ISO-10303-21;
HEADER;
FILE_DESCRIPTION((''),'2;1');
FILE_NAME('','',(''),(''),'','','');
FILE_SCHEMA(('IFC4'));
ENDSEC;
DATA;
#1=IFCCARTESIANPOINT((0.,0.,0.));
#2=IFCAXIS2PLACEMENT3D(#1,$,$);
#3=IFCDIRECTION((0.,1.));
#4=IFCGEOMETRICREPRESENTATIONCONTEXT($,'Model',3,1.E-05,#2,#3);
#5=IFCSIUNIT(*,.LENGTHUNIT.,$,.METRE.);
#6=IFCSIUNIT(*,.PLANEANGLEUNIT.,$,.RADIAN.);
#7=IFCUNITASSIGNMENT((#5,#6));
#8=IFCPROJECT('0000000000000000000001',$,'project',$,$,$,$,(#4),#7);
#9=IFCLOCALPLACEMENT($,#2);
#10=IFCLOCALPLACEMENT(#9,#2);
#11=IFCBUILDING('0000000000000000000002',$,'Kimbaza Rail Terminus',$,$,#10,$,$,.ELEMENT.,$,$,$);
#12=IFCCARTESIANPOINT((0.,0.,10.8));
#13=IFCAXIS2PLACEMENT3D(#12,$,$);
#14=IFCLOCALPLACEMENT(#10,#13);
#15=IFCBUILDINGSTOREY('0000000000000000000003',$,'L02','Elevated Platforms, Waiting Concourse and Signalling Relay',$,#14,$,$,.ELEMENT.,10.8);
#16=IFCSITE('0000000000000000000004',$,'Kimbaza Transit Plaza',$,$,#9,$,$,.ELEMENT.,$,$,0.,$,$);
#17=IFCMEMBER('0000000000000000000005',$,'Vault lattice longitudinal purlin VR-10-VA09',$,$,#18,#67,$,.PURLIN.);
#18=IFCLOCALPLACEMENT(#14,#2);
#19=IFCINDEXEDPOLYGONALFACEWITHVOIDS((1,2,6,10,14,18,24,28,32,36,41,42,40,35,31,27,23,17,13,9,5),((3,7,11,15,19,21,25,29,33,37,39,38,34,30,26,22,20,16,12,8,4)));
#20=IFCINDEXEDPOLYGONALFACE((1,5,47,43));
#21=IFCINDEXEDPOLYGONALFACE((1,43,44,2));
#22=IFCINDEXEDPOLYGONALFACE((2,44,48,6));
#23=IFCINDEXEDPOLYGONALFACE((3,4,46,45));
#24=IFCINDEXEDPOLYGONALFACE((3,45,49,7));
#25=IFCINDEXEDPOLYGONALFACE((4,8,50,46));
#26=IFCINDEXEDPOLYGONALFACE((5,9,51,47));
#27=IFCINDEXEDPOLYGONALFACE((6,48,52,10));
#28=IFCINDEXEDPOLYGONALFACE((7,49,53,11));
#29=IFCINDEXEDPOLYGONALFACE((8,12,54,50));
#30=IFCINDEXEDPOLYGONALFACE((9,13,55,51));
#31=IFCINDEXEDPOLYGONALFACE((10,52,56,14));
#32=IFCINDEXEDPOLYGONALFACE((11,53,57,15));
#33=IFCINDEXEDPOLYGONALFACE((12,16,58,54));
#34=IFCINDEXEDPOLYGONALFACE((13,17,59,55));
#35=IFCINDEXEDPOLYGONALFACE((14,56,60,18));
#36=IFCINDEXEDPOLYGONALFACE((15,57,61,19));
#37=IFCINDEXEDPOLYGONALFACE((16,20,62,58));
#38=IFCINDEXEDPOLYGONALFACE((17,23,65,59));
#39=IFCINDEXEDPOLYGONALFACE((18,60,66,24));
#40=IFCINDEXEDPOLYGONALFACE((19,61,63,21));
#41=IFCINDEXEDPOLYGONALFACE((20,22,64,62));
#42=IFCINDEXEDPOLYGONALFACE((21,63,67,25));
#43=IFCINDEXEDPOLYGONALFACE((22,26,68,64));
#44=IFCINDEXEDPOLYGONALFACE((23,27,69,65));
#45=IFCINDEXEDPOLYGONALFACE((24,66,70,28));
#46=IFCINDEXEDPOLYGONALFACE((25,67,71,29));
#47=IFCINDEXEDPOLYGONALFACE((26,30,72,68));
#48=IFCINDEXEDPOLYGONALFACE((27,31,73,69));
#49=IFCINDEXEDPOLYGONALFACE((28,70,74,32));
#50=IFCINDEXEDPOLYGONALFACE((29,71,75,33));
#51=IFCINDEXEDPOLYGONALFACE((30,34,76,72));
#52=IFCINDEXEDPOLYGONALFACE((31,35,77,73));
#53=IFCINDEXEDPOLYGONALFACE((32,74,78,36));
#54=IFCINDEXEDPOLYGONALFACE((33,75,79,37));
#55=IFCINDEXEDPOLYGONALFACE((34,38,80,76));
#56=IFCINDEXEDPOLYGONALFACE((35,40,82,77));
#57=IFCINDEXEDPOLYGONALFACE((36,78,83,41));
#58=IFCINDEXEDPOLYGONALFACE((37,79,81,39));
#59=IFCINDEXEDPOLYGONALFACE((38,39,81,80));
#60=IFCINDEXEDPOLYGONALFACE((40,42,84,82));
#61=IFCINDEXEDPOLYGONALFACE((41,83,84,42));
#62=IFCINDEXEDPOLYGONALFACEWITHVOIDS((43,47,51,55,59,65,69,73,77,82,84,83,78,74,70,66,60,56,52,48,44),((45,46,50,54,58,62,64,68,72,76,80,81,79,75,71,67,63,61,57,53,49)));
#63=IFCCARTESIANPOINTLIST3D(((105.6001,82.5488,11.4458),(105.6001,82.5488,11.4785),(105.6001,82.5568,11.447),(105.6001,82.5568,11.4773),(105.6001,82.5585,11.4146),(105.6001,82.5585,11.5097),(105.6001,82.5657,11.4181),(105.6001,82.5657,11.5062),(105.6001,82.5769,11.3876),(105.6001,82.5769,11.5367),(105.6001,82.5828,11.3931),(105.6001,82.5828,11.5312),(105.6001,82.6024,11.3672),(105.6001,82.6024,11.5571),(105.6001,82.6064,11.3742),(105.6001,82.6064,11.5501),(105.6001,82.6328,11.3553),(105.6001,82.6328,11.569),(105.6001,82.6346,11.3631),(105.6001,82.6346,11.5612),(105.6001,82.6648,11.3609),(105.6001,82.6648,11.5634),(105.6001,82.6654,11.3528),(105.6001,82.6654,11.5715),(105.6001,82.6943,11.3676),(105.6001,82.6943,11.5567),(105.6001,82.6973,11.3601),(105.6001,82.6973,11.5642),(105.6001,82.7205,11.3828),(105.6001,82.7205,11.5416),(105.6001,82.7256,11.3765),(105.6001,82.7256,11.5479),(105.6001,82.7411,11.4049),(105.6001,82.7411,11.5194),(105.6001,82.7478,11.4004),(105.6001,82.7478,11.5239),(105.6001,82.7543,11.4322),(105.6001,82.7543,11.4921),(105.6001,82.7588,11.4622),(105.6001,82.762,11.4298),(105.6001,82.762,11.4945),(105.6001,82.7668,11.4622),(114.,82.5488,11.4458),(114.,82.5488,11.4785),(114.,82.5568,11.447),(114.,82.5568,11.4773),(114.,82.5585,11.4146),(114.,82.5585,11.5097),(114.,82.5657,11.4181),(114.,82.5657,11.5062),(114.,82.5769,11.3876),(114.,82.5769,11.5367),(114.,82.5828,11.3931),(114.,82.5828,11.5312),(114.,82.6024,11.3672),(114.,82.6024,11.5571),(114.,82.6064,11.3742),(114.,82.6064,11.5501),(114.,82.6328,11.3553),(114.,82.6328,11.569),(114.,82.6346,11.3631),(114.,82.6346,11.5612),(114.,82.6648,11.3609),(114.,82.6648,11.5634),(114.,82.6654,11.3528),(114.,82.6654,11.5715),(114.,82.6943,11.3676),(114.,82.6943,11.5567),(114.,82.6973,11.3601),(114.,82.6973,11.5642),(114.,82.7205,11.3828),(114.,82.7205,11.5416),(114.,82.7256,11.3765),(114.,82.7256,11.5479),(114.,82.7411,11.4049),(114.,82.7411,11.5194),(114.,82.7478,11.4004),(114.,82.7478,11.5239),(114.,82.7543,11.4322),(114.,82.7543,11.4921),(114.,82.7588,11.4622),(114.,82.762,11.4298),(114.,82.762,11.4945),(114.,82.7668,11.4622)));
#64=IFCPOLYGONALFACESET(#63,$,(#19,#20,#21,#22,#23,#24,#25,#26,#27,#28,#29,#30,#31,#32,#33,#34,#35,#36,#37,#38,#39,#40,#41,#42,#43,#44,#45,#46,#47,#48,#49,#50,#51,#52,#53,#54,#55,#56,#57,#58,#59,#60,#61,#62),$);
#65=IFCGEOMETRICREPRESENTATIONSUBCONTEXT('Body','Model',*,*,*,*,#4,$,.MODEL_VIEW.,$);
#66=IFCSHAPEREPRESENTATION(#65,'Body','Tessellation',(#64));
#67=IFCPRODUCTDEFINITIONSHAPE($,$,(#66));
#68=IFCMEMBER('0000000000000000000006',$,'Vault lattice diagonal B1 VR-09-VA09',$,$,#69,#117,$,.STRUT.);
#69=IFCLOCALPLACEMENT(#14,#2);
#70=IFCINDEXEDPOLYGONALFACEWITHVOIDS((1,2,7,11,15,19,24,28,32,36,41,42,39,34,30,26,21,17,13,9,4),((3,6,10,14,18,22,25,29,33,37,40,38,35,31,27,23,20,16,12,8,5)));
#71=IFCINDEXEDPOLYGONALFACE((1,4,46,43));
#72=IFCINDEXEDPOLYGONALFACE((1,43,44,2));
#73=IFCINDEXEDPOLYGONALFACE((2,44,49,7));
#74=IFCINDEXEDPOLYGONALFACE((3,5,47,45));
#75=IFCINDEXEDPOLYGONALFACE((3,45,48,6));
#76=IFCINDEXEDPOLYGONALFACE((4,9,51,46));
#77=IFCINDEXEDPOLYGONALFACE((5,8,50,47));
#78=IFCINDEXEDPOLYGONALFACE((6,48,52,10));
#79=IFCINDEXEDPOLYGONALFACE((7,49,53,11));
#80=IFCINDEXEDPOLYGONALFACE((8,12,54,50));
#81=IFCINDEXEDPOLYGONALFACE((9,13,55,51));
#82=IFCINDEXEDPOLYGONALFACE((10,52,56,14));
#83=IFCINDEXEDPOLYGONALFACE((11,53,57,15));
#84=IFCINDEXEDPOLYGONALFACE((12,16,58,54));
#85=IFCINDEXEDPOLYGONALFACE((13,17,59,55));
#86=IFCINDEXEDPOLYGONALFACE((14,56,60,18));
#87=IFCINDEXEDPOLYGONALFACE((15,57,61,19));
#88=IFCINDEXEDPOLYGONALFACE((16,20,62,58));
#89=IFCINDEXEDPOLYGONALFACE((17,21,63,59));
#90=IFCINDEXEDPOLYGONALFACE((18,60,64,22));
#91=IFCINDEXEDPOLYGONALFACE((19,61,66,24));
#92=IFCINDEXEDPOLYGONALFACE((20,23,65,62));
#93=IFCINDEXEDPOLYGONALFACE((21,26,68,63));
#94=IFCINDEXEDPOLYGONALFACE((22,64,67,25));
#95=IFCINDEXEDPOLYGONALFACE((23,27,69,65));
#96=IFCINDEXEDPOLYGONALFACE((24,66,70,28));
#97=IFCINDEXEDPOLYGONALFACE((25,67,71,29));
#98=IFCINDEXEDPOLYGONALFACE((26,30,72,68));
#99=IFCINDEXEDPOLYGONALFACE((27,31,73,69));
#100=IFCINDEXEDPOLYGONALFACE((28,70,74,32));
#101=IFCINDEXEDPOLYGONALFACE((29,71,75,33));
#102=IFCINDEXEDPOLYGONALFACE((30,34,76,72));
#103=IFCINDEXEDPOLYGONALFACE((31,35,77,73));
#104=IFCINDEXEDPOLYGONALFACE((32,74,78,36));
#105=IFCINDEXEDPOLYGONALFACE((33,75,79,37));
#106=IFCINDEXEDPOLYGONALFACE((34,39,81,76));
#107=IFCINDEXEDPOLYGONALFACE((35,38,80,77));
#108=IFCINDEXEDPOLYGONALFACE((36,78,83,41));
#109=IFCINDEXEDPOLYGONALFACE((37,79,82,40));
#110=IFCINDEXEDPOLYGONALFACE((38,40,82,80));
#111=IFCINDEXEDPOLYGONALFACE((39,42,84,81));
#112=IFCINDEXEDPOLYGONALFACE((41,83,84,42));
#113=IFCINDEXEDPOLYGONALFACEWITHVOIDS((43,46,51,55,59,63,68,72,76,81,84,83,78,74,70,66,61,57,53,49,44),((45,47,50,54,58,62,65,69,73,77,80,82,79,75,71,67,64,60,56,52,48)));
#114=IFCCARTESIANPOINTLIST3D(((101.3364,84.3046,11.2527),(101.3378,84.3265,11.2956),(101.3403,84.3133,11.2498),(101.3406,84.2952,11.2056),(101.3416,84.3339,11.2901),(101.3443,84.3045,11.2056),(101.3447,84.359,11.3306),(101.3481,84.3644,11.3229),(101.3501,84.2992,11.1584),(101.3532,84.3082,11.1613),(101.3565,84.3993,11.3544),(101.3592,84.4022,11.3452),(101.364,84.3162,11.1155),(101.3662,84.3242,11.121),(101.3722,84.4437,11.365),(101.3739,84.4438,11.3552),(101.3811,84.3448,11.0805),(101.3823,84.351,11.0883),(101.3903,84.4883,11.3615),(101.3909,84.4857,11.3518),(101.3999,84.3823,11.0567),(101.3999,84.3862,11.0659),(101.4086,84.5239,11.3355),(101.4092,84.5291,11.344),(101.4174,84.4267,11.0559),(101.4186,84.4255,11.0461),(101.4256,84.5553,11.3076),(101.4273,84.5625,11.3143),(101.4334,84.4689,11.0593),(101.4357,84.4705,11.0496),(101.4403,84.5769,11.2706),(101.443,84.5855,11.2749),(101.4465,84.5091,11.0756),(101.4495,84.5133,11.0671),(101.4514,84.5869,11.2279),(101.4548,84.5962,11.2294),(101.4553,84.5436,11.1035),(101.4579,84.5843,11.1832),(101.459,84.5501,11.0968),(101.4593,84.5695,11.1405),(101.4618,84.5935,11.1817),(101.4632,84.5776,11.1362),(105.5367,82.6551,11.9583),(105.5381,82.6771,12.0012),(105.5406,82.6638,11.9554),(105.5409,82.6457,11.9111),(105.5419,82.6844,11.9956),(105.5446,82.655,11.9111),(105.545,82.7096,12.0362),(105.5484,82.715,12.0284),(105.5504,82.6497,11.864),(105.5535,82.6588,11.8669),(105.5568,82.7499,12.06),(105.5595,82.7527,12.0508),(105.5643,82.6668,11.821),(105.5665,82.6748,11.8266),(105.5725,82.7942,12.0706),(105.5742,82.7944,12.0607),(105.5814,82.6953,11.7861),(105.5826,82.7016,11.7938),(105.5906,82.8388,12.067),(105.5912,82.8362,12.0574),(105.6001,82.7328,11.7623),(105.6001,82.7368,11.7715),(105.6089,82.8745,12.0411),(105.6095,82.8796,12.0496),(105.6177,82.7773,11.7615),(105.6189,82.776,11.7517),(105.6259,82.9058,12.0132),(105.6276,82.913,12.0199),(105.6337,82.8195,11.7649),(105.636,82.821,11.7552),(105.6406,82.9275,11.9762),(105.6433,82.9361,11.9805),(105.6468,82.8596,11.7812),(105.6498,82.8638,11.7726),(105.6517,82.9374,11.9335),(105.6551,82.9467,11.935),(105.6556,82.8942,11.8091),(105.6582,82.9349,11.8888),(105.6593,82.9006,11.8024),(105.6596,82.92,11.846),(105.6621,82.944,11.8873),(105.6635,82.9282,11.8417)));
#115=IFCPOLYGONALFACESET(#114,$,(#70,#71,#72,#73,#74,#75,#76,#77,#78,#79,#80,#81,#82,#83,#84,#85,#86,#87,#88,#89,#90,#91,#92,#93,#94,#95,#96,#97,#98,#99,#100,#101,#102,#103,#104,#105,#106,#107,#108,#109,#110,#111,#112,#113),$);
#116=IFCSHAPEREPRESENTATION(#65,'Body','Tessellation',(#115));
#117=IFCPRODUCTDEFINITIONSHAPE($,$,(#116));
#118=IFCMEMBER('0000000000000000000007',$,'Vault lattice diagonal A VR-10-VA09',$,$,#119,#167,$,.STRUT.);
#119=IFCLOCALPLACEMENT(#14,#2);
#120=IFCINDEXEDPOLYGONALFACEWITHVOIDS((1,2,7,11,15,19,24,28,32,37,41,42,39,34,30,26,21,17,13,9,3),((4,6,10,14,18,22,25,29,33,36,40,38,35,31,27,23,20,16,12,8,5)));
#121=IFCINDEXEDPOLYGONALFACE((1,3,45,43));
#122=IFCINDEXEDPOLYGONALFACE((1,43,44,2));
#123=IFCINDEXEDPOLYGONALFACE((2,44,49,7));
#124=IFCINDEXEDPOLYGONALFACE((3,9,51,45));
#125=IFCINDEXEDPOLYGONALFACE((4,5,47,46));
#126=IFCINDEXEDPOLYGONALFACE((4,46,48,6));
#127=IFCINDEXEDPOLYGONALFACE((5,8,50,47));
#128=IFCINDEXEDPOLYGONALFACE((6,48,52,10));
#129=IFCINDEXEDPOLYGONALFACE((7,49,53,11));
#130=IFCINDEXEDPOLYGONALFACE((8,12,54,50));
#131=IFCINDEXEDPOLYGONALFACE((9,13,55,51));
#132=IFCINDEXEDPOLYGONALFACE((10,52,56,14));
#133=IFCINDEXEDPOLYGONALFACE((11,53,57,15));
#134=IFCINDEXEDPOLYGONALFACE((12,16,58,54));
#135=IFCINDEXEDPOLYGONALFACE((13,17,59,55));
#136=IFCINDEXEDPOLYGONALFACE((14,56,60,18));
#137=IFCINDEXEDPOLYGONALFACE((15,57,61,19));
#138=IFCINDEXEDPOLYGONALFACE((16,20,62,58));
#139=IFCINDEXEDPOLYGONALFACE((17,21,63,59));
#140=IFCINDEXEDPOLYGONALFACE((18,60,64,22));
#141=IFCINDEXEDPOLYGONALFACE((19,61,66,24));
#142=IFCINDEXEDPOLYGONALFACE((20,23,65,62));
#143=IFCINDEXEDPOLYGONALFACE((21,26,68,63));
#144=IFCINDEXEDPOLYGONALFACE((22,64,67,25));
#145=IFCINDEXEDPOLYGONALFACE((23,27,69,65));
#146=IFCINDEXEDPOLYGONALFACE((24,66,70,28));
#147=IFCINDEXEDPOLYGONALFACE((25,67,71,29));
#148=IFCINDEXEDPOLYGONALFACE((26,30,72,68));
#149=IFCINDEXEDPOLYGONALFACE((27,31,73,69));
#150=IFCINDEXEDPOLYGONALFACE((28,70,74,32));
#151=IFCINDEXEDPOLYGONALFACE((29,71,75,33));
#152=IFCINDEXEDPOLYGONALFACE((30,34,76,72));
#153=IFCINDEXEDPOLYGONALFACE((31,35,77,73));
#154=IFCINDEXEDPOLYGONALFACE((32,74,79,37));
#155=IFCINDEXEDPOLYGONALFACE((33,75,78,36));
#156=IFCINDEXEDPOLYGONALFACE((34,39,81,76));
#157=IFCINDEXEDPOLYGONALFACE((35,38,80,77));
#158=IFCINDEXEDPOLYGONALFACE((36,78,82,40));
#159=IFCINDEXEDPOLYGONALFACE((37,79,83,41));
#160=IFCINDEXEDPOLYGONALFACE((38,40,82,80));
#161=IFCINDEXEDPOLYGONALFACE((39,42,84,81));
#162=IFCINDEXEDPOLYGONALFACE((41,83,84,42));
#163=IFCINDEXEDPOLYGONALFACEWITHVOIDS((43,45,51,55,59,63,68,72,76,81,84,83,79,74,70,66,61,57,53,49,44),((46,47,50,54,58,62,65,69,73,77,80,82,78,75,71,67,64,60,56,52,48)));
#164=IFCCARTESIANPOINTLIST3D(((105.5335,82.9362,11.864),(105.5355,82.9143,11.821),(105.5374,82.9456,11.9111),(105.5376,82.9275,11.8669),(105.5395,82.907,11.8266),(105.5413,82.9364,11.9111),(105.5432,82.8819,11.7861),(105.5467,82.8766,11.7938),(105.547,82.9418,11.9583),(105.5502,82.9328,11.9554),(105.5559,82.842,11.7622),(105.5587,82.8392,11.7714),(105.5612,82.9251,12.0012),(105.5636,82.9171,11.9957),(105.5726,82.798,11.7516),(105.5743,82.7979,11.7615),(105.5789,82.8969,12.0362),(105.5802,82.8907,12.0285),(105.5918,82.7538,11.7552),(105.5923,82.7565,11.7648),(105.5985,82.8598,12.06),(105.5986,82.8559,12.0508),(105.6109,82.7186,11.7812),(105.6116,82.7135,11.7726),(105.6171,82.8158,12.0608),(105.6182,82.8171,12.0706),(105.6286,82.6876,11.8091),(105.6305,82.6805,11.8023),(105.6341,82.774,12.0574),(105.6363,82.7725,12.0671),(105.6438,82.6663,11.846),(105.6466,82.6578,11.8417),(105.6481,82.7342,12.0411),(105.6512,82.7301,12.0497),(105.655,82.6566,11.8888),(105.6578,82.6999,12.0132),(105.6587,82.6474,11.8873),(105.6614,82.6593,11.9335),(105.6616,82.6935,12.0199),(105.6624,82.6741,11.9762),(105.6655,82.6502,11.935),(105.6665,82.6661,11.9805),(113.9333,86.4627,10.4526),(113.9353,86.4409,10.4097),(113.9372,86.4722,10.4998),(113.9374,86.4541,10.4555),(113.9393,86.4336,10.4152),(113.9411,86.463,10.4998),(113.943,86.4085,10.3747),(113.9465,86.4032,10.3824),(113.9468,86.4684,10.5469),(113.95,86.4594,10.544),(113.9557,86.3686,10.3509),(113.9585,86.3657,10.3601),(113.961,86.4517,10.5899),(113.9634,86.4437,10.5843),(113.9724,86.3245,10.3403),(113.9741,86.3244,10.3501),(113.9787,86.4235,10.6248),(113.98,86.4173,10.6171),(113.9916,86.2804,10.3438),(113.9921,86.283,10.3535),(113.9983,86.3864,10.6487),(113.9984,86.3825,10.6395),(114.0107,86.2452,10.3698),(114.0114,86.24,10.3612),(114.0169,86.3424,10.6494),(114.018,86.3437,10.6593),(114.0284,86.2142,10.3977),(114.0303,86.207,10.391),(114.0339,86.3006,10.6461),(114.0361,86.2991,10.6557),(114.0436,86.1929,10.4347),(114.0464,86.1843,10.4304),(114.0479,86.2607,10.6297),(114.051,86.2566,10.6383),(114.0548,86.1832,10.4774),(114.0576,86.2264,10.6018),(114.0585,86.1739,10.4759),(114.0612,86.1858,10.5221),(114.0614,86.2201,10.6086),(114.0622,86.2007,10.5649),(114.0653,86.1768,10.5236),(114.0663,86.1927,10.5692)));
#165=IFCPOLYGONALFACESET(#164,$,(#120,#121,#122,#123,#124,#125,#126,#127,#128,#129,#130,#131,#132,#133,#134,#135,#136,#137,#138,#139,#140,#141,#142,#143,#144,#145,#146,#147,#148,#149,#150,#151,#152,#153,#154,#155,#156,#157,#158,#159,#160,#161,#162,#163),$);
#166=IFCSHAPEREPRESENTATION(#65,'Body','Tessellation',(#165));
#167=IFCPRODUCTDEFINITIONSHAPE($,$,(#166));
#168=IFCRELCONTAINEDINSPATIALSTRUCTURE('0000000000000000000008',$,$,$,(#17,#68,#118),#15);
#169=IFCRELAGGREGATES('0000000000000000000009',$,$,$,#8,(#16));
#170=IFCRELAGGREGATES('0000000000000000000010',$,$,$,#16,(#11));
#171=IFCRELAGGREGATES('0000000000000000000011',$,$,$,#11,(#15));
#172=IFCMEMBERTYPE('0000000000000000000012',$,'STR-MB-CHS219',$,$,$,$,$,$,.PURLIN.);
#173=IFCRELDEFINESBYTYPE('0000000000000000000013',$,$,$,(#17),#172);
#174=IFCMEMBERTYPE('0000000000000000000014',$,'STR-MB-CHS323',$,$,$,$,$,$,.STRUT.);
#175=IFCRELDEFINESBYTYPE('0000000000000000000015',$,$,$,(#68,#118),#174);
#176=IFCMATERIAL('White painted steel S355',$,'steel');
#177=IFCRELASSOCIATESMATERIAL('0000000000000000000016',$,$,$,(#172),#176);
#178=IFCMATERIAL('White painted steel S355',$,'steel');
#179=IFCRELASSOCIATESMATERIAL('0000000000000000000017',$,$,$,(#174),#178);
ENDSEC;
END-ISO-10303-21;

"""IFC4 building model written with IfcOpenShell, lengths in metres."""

from ifc_helpers import new_model, si_unit, direction, frame, origin, origin_2d, place, context, subcontext, project, spatial, hollow_circle, extrude, material, material_profile, profile_set, type_object, element, save


model = new_model("IFC4")

# Units and contexts
model_context = context("Model", 3, precision=1e-05, world=origin(), true_north=direction((0.0, 1.0)))
body_context = subcontext(model_context, "Body", "Model", "MODEL_VIEW")
ifc_project = project(units=[si_unit("LENGTHUNIT", "METRE"), si_unit("PLANEANGLEUNIT", "RADIAN")], contexts=[model_context])

# Site, building, storey
site_placement = place(None, origin())
site = spatial("IfcSite", under=ifc_project, at=site_placement, Name="Kimbaza Transit Plaza", CompositionType="ELEMENT", RefElevation=0.0)
building_placement = place(site_placement, origin())
building = spatial("IfcBuilding", under=site, at=building_placement, Name="Kimbaza Rail Terminus", CompositionType="ELEMENT")
storey_placement = place(building_placement, frame((0.0, 0.0, 10.8)))
storey = spatial("IfcBuildingStorey", under=building, at=storey_placement, Name="L02", Description="Elevated Platforms, Waiting Concourse and Signalling Relay", CompositionType="ELEMENT", Elevation=10.8)

# Members
ifc_material_1 = material(Name="White painted steel S355", Category="steel")
ifc_material_profile_1 = material_profile(ifc_material_1, hollow_circle(Radius=0.1096, WallThickness=0.0081, at=origin_2d()), Name="CHS 219.1x8")
ifc_profile_set_1 = profile_set([ifc_material_profile_1], Name="White painted steel S355")
member_type_1 = type_object("IfcMemberType", Name="STR-MB-CHS219", PredefinedType="PURLIN", material=ifc_profile_set_1)
member_1_placement = place(storey_placement, frame((105.6001, 82.6572, 11.4622), z_axis=(1.0, 0.0, 0.0), x_axis=(0.0, 1.0, 0.0)))
element("IfcMember", 1, at=member_1_placement, inside=storey, type_object=member_type_1, Name="Vault lattice longitudinal purlin VR-10-VA09", PredefinedType="PURLIN", context=body_context, shape_type="SweptSolid", body=[
    extrude(hollow_circle(Radius=0.1096, WallThickness=0.0081, at=origin_2d()), origin(), (0.0, 0.0, 1.0), 8.3999),
])
ifc_material_2 = material(Name="White painted steel S355", Category="steel")
ifc_material_profile_2 = material_profile(ifc_material_2, hollow_circle(Radius=0.1619, WallThickness=0.01, at=origin_2d()), Name="CHS 323.9x10")
ifc_profile_set_2 = profile_set([ifc_material_profile_2], Name="White painted steel S355")
member_type_2 = type_object("IfcMemberType", Name="STR-MB-CHS323", PredefinedType="STRUT", material=ifc_profile_set_2)
member_2_placement = place(storey_placement, frame((105.6001, 82.7964, 11.9111), z_axis=(-0.919628, 0.361137, -0.154483), x_axis=(-0.365525, -0.930801, 0.0)))
element("IfcMember", 2, at=member_2_placement, inside=storey, type_object=member_type_2, Name="Vault lattice diagonal B1 VR-09-VA09", PredefinedType="STRUT", context=body_context, shape_type="SweptSolid", body=[
    extrude(hollow_circle(Radius=0.1619, WallThickness=0.01, at=origin_2d()), origin(), (0.0, 0.0, 1.0), 4.5674),
])
member_3_placement = place(storey_placement, frame((105.6001, 82.7964, 11.9111), z_axis=(0.911165, 0.382543, -0.153097), x_axis=(-0.387107, 0.922035, 0.0)))
element("IfcMember", 3, at=member_3_placement, inside=storey, type_object=member_type_2, Name="Vault lattice diagonal A VR-10-VA09", PredefinedType="STRUT", context=body_context, shape_type="SweptSolid", body=[
    extrude(hollow_circle(Radius=0.1619, WallThickness=0.01, at=origin_2d()), origin(), (0.0, 0.0, 1.0), 9.2188),
])

save(model, "model.ifc")
